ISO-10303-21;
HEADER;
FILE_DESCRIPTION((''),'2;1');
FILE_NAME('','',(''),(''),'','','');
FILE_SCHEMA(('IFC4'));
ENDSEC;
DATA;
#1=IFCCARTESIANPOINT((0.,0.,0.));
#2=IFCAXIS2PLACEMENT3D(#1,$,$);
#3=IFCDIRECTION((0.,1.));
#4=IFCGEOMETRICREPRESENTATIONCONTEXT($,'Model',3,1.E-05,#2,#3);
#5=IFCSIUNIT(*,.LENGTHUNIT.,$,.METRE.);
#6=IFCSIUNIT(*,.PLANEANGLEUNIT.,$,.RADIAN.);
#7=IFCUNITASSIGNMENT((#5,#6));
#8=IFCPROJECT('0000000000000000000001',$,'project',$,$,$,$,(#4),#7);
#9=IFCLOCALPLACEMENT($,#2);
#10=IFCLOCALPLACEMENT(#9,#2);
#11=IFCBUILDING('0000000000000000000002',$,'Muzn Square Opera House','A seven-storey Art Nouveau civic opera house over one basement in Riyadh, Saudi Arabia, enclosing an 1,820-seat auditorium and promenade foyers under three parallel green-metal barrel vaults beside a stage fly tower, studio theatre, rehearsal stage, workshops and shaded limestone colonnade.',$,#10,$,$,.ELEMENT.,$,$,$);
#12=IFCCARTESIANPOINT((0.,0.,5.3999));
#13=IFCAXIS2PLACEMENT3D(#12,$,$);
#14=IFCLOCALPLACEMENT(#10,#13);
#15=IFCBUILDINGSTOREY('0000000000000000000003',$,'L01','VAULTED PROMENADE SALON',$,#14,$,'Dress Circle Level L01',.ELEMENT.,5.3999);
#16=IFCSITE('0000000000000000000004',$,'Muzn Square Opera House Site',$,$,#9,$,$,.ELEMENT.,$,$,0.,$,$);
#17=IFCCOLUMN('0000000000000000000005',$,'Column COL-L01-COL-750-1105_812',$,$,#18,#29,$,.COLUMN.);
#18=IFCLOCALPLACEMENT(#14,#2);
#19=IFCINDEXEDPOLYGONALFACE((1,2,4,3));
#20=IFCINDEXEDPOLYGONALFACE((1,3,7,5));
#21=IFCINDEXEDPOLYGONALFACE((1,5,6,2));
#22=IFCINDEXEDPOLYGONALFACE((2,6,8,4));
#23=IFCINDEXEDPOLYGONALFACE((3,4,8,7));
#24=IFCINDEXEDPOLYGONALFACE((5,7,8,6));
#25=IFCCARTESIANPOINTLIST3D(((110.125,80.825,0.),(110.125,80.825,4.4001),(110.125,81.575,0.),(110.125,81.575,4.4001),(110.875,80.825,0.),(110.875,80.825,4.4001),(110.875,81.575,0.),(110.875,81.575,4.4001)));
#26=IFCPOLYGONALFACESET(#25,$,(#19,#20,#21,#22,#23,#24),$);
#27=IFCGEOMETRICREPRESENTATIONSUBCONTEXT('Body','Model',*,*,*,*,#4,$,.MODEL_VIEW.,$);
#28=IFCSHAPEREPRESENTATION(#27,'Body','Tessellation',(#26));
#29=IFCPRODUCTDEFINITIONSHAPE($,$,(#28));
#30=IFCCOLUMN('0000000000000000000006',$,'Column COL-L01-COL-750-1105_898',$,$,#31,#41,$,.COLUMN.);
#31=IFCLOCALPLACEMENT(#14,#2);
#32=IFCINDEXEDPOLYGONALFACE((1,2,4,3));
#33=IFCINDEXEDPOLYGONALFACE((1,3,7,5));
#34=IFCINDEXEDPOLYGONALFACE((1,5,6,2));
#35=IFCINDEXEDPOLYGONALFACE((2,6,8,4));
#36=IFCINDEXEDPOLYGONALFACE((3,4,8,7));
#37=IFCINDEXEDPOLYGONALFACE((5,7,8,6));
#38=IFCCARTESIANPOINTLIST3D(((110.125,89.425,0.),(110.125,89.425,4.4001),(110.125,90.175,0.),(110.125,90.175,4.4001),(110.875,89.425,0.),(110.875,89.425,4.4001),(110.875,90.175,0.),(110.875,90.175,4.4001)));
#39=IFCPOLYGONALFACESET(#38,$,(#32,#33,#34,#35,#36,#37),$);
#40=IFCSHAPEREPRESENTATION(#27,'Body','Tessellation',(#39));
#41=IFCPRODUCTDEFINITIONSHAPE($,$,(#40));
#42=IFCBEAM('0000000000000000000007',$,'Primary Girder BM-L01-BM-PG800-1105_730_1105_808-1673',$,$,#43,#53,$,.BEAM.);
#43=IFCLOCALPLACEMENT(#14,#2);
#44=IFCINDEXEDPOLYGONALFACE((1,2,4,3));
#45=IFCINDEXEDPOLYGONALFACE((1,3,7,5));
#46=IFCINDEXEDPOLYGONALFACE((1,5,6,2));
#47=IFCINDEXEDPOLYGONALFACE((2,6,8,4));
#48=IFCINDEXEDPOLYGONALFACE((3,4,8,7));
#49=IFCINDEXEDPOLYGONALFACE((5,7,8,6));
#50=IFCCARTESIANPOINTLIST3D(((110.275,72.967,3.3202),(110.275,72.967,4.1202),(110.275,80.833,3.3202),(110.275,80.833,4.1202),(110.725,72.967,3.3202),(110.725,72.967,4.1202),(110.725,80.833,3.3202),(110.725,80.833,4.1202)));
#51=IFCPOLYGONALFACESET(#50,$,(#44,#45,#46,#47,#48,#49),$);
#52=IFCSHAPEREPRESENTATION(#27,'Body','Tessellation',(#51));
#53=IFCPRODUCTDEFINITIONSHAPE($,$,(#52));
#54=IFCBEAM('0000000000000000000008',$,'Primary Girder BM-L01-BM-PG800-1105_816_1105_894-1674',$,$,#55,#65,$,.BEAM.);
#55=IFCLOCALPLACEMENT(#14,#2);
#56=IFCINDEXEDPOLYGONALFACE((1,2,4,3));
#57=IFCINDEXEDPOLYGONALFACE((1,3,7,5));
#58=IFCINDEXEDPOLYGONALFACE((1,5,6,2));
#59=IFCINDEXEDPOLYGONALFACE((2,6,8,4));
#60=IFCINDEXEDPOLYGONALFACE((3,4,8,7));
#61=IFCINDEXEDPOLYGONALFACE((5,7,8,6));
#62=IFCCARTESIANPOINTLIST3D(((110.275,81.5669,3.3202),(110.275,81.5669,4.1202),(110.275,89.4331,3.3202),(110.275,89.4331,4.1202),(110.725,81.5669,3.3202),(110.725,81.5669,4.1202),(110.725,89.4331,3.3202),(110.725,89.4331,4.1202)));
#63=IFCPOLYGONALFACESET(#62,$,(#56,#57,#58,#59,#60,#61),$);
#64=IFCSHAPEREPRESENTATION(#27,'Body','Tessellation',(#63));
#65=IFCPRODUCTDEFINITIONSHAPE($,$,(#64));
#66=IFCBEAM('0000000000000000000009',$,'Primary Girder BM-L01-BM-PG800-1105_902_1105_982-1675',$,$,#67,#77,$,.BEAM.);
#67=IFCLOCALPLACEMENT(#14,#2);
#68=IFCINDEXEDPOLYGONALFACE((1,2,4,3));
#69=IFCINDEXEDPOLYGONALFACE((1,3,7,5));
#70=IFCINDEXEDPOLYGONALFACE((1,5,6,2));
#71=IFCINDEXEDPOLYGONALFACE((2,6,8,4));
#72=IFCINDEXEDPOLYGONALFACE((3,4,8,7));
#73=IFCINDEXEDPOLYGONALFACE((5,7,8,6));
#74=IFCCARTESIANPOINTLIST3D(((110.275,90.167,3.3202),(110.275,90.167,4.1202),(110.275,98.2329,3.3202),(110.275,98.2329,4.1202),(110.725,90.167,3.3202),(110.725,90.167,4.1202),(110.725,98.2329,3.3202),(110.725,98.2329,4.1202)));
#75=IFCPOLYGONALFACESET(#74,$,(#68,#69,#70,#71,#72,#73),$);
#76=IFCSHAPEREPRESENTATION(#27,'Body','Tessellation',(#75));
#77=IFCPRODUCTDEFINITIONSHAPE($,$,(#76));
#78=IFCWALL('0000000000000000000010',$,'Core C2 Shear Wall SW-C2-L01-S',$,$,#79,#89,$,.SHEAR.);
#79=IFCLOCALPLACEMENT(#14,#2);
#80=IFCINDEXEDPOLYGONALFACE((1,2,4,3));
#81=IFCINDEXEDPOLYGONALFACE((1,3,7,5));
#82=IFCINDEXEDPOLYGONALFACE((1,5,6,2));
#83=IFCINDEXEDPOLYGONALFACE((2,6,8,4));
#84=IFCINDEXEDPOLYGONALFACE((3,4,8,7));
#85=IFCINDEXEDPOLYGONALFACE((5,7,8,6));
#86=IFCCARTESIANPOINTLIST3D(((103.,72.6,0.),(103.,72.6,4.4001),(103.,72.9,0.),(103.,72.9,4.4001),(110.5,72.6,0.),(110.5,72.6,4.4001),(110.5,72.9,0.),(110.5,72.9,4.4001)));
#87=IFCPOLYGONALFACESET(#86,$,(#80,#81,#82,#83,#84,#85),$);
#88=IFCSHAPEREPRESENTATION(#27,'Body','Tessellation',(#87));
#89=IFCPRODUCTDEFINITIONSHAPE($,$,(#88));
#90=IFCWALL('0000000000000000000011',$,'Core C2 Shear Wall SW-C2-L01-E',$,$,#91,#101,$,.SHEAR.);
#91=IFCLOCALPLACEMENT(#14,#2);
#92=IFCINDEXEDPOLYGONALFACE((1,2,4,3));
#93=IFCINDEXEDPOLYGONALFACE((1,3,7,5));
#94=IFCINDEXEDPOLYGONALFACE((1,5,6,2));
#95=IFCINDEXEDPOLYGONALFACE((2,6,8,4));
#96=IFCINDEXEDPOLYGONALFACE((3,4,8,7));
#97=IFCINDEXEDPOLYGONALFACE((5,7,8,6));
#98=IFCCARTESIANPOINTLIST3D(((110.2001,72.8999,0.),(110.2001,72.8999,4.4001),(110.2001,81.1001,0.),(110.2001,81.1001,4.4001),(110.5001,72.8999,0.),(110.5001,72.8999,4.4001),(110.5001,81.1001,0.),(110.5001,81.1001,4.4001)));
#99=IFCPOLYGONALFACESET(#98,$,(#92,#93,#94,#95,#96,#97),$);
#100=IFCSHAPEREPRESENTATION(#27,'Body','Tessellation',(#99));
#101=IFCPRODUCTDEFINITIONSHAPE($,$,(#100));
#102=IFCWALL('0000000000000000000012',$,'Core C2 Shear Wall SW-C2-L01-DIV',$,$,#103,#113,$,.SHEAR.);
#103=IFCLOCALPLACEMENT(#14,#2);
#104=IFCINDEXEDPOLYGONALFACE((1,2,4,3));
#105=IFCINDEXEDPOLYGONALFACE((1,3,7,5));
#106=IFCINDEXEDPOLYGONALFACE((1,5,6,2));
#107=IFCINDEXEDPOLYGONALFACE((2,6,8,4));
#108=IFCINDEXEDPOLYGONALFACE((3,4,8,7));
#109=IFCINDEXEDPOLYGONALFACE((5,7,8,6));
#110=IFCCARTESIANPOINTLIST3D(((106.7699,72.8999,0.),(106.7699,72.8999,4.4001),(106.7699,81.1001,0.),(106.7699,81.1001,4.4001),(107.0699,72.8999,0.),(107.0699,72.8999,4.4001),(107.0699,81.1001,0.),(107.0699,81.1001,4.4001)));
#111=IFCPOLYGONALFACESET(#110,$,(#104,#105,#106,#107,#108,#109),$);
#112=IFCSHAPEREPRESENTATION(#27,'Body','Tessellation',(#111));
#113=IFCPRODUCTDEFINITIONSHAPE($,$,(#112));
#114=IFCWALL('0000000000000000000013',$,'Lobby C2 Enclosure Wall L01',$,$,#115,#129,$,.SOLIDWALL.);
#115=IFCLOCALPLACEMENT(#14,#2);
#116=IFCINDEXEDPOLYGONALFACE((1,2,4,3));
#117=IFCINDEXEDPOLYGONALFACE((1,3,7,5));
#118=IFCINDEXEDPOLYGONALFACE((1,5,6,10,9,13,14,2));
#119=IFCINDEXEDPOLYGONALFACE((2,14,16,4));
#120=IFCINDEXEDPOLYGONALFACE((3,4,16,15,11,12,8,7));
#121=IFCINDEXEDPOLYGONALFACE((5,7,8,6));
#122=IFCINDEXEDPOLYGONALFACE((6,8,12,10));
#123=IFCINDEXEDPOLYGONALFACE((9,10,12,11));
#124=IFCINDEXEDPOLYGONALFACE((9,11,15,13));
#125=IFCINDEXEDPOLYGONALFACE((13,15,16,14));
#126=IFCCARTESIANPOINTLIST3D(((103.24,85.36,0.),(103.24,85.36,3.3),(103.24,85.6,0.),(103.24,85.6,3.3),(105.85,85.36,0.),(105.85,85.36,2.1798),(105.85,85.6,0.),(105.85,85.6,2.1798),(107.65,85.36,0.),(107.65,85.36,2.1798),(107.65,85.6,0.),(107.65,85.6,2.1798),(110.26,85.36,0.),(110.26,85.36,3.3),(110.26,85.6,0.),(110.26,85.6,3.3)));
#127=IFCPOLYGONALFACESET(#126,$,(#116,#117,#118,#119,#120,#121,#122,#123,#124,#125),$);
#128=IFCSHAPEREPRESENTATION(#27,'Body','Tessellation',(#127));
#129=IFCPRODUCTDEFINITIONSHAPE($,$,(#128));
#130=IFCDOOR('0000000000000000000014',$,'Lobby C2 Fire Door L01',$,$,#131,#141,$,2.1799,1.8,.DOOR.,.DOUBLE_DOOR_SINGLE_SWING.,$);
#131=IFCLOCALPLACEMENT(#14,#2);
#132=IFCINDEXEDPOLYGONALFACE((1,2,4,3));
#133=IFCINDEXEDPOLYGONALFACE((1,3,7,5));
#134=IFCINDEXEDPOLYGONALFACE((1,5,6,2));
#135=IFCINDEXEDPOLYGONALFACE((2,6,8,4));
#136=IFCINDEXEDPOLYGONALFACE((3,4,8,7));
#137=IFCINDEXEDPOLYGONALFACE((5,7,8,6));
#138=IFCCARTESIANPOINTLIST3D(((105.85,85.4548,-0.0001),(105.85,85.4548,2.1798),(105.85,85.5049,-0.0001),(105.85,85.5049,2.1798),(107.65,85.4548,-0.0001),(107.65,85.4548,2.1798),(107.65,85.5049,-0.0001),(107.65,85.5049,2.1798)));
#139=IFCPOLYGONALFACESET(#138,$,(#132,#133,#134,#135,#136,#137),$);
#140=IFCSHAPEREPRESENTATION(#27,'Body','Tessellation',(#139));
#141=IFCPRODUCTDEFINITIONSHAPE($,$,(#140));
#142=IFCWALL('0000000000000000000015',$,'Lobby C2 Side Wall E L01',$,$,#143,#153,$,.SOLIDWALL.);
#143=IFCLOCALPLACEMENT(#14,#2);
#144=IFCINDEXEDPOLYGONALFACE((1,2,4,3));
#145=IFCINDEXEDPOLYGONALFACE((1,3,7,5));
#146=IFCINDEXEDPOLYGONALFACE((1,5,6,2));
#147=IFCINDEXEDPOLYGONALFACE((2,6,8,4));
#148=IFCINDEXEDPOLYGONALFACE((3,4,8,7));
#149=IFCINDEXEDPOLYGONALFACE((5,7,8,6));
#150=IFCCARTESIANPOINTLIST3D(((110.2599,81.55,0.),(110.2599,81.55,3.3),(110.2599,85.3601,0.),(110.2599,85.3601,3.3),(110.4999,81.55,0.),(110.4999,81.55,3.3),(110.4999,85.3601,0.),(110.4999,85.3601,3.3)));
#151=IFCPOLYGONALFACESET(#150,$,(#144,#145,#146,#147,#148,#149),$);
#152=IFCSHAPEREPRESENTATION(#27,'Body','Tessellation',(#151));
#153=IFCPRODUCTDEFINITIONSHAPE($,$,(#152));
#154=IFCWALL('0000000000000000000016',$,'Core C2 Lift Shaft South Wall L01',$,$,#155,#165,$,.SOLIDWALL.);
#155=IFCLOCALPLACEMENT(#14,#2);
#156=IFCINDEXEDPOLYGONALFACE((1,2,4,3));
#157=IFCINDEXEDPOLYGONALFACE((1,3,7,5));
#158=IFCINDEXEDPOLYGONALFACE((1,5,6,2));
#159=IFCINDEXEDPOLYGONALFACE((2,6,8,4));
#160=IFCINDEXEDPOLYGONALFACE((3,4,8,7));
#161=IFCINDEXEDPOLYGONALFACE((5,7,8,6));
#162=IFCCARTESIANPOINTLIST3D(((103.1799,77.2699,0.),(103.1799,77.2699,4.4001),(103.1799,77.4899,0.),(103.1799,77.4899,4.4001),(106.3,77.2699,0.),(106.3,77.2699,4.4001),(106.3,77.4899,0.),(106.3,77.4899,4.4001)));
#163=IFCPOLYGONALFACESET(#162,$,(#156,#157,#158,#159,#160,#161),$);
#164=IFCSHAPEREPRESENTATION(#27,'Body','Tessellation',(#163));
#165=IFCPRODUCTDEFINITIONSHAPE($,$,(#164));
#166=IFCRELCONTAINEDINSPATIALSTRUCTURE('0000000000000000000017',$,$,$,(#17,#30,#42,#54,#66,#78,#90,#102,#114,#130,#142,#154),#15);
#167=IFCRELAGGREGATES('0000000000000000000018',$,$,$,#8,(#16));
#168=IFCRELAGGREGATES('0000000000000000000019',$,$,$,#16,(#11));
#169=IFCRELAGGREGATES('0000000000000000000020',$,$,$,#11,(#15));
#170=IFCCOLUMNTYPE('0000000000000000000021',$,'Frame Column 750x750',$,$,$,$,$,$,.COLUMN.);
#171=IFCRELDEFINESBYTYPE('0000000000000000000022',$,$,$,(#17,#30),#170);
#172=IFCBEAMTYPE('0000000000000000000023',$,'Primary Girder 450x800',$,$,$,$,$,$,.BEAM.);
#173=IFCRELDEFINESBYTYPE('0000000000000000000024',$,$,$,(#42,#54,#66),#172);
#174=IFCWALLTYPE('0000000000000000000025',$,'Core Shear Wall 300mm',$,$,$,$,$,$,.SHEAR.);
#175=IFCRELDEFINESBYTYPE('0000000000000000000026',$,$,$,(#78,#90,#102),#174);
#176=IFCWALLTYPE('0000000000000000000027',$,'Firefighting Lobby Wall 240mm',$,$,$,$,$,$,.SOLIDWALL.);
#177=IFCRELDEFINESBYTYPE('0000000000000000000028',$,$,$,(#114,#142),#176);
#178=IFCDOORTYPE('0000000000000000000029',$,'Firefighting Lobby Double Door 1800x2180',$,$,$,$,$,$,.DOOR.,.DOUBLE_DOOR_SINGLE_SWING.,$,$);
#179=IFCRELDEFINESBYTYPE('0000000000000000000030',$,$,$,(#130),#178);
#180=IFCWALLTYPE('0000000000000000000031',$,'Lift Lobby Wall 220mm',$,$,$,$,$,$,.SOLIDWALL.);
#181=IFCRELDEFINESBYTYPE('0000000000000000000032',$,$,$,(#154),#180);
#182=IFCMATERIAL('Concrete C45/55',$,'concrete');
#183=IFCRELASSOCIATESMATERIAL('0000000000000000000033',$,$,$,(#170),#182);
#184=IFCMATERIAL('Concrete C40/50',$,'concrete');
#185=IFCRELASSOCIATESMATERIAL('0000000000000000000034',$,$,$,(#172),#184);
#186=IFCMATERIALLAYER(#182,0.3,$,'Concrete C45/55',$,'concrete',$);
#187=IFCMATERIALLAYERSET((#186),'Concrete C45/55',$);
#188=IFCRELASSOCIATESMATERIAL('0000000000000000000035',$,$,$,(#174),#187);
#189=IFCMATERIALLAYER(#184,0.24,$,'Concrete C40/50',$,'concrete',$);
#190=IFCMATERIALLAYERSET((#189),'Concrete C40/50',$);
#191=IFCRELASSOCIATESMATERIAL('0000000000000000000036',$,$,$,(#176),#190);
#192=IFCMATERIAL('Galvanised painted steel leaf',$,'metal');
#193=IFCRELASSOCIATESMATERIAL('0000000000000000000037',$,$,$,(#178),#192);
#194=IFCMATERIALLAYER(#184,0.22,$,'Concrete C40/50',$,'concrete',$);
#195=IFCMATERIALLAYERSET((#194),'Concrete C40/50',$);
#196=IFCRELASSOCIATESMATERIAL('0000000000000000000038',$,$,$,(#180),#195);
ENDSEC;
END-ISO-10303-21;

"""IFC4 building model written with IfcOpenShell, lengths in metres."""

from ifc_helpers import new_model, si_unit, direction, frame, frame_2d, origin, origin_2d, place, context, subcontext, project, spatial, rectangle, extrude, material, layer, layer_set, material_profile, profile_set, type_object, element, fill, save


model = new_model("IFC4")

# Units and contexts
model_context = context("Model", 3, precision=1e-05, world=origin(), true_north=direction((0.0, 1.0)))
body_context = subcontext(model_context, "Body", "Model", "MODEL_VIEW")
ifc_project = project(units=[si_unit("LENGTHUNIT", "METRE"), si_unit("PLANEANGLEUNIT", "RADIAN")], contexts=[model_context])

# Site, building, storey
site_placement = place(None, origin())
site = spatial("IfcSite", under=ifc_project, at=site_placement, Name="Muzn Square Opera House Site", CompositionType="ELEMENT", RefElevation=0.0)
building_placement = place(site_placement, origin())
building = spatial("IfcBuilding", under=site, at=building_placement, Name="Muzn Square Opera House", Description="A seven-storey Art Nouveau civic opera house over one basement in Riyadh, Saudi Arabia, enclosing an 1,820-seat auditorium and promenade foyers under three parallel green-metal barrel vaults beside a stage fly tower, studio theatre, rehearsal stage, workshops and shaded limestone colonnade.", CompositionType="ELEMENT")
storey_placement = place(building_placement, frame((0.0, 0.0, 5.3999)))
storey = spatial("IfcBuildingStorey", under=building, at=storey_placement, Name="L01", Description="VAULTED PROMENADE SALON", LongName="Dress Circle Level L01", CompositionType="ELEMENT", Elevation=5.3999)

# Columns
ifc_material_1 = material(Name="Concrete C45/55", Category="concrete")
ifc_material_profile_1 = material_profile(ifc_material_1, rectangle(XDim=0.75, YDim=0.75, at=origin_2d()), Name="RC 750x750", Category="concrete")
ifc_profile_set_1 = profile_set([ifc_material_profile_1], Name="Concrete C45/55")
column_type = type_object("IfcColumnType", Name="Frame Column 750x750", PredefinedType="COLUMN", material=ifc_profile_set_1)
for number, where, z_axis, x_axis, name in (
    (1, (110.5, 81.2, 0.0), (0.0, 0.0, 1.0), (1.0, 0.0, 0.0), "Column COL-L01-COL-750-1105_812"),
    (2, (110.5, 89.8, 0.0), (0.0, 0.0, 1.0), (1.0, 0.0, 0.0), "Column COL-L01-COL-750-1105_898"),
):
    element("IfcColumn", number, at=place(storey_placement, frame(where, z_axis=z_axis, x_axis=x_axis)), inside=storey, type_object=column_type, Name=name, PredefinedType="COLUMN", context=body_context, shape_type="SweptSolid", body=[
        extrude(rectangle(XDim=0.75, YDim=0.75, at=origin_2d()), origin(), (0.0, 0.0, 1.0), 4.4001),
    ])

# Beams
ifc_material_2 = material(Name="Concrete C40/50", Category="concrete")
ifc_material_profile_2 = material_profile(ifc_material_2, rectangle(XDim=0.45, YDim=0.8, at=origin_2d()), Name="RCB 450x800", Category="concrete")
ifc_profile_set_2 = profile_set([ifc_material_profile_2], Name="Concrete C40/50")
beam_type = type_object("IfcBeamType", Name="Primary Girder 450x800", PredefinedType="BEAM", material=ifc_profile_set_2)
beam_1_placement = place(storey_placement, frame((110.5, 72.967, 3.7202), z_axis=(0.0, 1.0, 0.0), x_axis=(-1.0, 0.0, 0.0)))
element("IfcBeam", 3, at=beam_1_placement, inside=storey, type_object=beam_type, Name="Primary Girder BM-L01-BM-PG800-1105_730_1105_808-1673", PredefinedType="BEAM", context=body_context, shape_type="SweptSolid", body=[
    extrude(rectangle(XDim=0.45, YDim=0.8, at=origin_2d()), origin(), (0.0, 0.0, 1.0), 7.866),
])
beam_2_placement = place(storey_placement, frame((110.5, 81.5669, 3.7202), z_axis=(0.0, 1.0, 0.0), x_axis=(-1.0, 0.0, 0.0)))
element("IfcBeam", 4, at=beam_2_placement, inside=storey, type_object=beam_type, Name="Primary Girder BM-L01-BM-PG800-1105_816_1105_894-1674", PredefinedType="BEAM", context=body_context, shape_type="SweptSolid", body=[
    extrude(rectangle(XDim=0.45, YDim=0.8, at=origin_2d()), origin(), (0.0, 0.0, 1.0), 7.8662),
])
beam_3_placement = place(storey_placement, frame((110.5, 90.167, 3.7202), z_axis=(0.0, 1.0, 0.0), x_axis=(-1.0, 0.0, 0.0)))
element("IfcBeam", 5, at=beam_3_placement, inside=storey, type_object=beam_type, Name="Primary Girder BM-L01-BM-PG800-1105_902_1105_982-1675", PredefinedType="BEAM", context=body_context, shape_type="SweptSolid", body=[
    extrude(rectangle(XDim=0.45, YDim=0.8, at=origin_2d()), origin(), (0.0, 0.0, 1.0), 8.0659),
])

# Walls
ifc_layer_1 = layer(ifc_material_1, 0.3, Name="Concrete C45/55", Category="concrete")
ifc_layer_set_1 = layer_set([ifc_layer_1], Name="Concrete C45/55")
wall_type_1 = type_object("IfcWallType", Name="Core Shear Wall 300mm", PredefinedType="SHEAR", material=ifc_layer_set_1)
wall_1_placement = place(storey_placement, frame((103.0, 72.75, 0.0), z_axis=(0.0, 0.0, 1.0), x_axis=(1.0, 0.0, 0.0)))
element("IfcWall", 6, at=wall_1_placement, inside=storey, type_object=wall_type_1, Name="Core C2 Shear Wall SW-C2-L01-S", PredefinedType="SHEAR", context=body_context, shape_type="SweptSolid", body=[
    extrude(rectangle(XDim=7.5, YDim=0.3, at=frame_2d((3.75, 0.0))), origin(), (0.0, 0.0, 1.0), 4.4001),
])
for number, where, z_axis, x_axis, name in (
    (7, (110.3501, 72.8999, 0.0), (0.0, 0.0, 1.0), (0.0, 1.0, 0.0), "Core C2 Shear Wall SW-C2-L01-E"),
    (8, (106.9199, 72.8999, 0.0), (0.0, 0.0, 1.0), (0.0, 1.0, 0.0), "Core C2 Shear Wall SW-C2-L01-DIV"),
):
    element("IfcWall", number, at=place(storey_placement, frame(where, z_axis=z_axis, x_axis=x_axis)), inside=storey, type_object=wall_type_1, Name=name, PredefinedType="SHEAR", context=body_context, shape_type="SweptSolid", body=[
        extrude(rectangle(XDim=8.2002, YDim=0.3, at=frame_2d((4.1001, 0.0))), origin(), (0.0, 0.0, 1.0), 4.4001),
    ])

# Shared definitions
ifc_material_3 = material(Name="Galvanised painted steel leaf", Category="metal")

# Wall, opening, door
ifc_layer_2 = layer(ifc_material_2, 0.24, Name="Concrete C40/50", Category="concrete")
ifc_layer_set_2 = layer_set([ifc_layer_2], Name="Concrete C40/50")
wall_type_2 = type_object("IfcWallType", Name="Firefighting Lobby Wall 240mm", PredefinedType="SOLIDWALL", material=ifc_layer_set_2)
wall_2_placement = place(storey_placement, frame((103.24, 85.48, 0.0), z_axis=(0.0, 0.0, 1.0), x_axis=(1.0, 0.0, 0.0)))
wall_2 = element("IfcWall", 9, at=wall_2_placement, inside=storey, type_object=wall_type_2, Name="Lobby C2 Enclosure Wall L01", PredefinedType="SOLIDWALL", context=body_context, shape_type="SweptSolid", body=[
    extrude(rectangle(XDim=7.02, YDim=0.24, at=frame_2d((3.51, 0.0))), origin(), (0.0, 0.0, 1.0), 3.3),
])
opening_1_placement = place(wall_2_placement, frame((2.6101, 0.0, 0.0)))
opening_1 = element("IfcOpeningElement", 10, at=opening_1_placement, cuts=wall_2, PredefinedType="OPENING", context=body_context, shape_type="SweptSolid", body=[
    extrude(rectangle(XDim=1.8, YDim=2.1799, at=frame_2d((0.8999, 1.0898))), frame((0.0, 0.1299, 0.0), z_axis=(0.0, -1.0, 0.0), x_axis=(1.0, 0.0, 0.0)), (0.0, 0.0, 1.0), 0.26),
])
door_type_1 = type_object("IfcDoorType", Name="Firefighting Lobby Double Door 1800x2180", OperationType="DOUBLE_DOOR_SINGLE_SWING", PredefinedType="DOOR", material=ifc_material_3)
door_1_placement = place(opening_1_placement, origin())
door_1 = element("IfcDoor", 11, at=door_1_placement, inside=storey, type_object=door_type_1, Name="Lobby C2 Fire Door L01", OperationType="DOUBLE_DOOR_SINGLE_SWING", OverallHeight=2.1799, OverallWidth=1.8, PredefinedType="DOOR", context=body_context, shape_type="SweptSolid", body=[
    extrude(rectangle(XDim=1.8, YDim=2.1799, at=frame_2d((0.8999, 1.0898))), frame((0.0, 0.0249, 0.0), z_axis=(0.0, -1.0, 0.0), x_axis=(1.0, 0.0, 0.0)), (0.0, 0.0, 1.0), 0.05),
])
fill(opening_1, door_1)

# Walls
wall_3_placement = place(storey_placement, frame((110.3799, 81.55, 0.0), z_axis=(0.0, 0.0, 1.0), x_axis=(0.0, 1.0, 0.0)))
element("IfcWall", 12, at=wall_3_placement, inside=storey, type_object=wall_type_2, Name="Lobby C2 Side Wall E L01", PredefinedType="SOLIDWALL", context=body_context, shape_type="SweptSolid", body=[
    extrude(rectangle(XDim=3.8101, YDim=0.24, at=frame_2d((1.905, 0.0))), origin(), (0.0, 0.0, 1.0), 3.3),
])
ifc_layer_3 = layer(ifc_material_2, 0.22, Name="Concrete C40/50", Category="concrete")
ifc_layer_set_3 = layer_set([ifc_layer_3], Name="Concrete C40/50")
wall_type_3 = type_object("IfcWallType", Name="Lift Lobby Wall 220mm", PredefinedType="SOLIDWALL", material=ifc_layer_set_3)
wall_4_placement = place(storey_placement, frame((103.1799, 77.3799, 0.0), z_axis=(0.0, 0.0, 1.0), x_axis=(1.0, 0.0, 0.0)))
element("IfcWall", 13, at=wall_4_placement, inside=storey, type_object=wall_type_3, Name="Core C2 Lift Shaft South Wall L01", PredefinedType="SOLIDWALL", context=body_context, shape_type="SweptSolid", body=[
    extrude(rectangle(XDim=3.1201, YDim=0.22, at=frame_2d((1.5601, 0.0))), origin(), (0.0, 0.0, 1.0), 4.4001),
])

save(model, "model.ifc")
